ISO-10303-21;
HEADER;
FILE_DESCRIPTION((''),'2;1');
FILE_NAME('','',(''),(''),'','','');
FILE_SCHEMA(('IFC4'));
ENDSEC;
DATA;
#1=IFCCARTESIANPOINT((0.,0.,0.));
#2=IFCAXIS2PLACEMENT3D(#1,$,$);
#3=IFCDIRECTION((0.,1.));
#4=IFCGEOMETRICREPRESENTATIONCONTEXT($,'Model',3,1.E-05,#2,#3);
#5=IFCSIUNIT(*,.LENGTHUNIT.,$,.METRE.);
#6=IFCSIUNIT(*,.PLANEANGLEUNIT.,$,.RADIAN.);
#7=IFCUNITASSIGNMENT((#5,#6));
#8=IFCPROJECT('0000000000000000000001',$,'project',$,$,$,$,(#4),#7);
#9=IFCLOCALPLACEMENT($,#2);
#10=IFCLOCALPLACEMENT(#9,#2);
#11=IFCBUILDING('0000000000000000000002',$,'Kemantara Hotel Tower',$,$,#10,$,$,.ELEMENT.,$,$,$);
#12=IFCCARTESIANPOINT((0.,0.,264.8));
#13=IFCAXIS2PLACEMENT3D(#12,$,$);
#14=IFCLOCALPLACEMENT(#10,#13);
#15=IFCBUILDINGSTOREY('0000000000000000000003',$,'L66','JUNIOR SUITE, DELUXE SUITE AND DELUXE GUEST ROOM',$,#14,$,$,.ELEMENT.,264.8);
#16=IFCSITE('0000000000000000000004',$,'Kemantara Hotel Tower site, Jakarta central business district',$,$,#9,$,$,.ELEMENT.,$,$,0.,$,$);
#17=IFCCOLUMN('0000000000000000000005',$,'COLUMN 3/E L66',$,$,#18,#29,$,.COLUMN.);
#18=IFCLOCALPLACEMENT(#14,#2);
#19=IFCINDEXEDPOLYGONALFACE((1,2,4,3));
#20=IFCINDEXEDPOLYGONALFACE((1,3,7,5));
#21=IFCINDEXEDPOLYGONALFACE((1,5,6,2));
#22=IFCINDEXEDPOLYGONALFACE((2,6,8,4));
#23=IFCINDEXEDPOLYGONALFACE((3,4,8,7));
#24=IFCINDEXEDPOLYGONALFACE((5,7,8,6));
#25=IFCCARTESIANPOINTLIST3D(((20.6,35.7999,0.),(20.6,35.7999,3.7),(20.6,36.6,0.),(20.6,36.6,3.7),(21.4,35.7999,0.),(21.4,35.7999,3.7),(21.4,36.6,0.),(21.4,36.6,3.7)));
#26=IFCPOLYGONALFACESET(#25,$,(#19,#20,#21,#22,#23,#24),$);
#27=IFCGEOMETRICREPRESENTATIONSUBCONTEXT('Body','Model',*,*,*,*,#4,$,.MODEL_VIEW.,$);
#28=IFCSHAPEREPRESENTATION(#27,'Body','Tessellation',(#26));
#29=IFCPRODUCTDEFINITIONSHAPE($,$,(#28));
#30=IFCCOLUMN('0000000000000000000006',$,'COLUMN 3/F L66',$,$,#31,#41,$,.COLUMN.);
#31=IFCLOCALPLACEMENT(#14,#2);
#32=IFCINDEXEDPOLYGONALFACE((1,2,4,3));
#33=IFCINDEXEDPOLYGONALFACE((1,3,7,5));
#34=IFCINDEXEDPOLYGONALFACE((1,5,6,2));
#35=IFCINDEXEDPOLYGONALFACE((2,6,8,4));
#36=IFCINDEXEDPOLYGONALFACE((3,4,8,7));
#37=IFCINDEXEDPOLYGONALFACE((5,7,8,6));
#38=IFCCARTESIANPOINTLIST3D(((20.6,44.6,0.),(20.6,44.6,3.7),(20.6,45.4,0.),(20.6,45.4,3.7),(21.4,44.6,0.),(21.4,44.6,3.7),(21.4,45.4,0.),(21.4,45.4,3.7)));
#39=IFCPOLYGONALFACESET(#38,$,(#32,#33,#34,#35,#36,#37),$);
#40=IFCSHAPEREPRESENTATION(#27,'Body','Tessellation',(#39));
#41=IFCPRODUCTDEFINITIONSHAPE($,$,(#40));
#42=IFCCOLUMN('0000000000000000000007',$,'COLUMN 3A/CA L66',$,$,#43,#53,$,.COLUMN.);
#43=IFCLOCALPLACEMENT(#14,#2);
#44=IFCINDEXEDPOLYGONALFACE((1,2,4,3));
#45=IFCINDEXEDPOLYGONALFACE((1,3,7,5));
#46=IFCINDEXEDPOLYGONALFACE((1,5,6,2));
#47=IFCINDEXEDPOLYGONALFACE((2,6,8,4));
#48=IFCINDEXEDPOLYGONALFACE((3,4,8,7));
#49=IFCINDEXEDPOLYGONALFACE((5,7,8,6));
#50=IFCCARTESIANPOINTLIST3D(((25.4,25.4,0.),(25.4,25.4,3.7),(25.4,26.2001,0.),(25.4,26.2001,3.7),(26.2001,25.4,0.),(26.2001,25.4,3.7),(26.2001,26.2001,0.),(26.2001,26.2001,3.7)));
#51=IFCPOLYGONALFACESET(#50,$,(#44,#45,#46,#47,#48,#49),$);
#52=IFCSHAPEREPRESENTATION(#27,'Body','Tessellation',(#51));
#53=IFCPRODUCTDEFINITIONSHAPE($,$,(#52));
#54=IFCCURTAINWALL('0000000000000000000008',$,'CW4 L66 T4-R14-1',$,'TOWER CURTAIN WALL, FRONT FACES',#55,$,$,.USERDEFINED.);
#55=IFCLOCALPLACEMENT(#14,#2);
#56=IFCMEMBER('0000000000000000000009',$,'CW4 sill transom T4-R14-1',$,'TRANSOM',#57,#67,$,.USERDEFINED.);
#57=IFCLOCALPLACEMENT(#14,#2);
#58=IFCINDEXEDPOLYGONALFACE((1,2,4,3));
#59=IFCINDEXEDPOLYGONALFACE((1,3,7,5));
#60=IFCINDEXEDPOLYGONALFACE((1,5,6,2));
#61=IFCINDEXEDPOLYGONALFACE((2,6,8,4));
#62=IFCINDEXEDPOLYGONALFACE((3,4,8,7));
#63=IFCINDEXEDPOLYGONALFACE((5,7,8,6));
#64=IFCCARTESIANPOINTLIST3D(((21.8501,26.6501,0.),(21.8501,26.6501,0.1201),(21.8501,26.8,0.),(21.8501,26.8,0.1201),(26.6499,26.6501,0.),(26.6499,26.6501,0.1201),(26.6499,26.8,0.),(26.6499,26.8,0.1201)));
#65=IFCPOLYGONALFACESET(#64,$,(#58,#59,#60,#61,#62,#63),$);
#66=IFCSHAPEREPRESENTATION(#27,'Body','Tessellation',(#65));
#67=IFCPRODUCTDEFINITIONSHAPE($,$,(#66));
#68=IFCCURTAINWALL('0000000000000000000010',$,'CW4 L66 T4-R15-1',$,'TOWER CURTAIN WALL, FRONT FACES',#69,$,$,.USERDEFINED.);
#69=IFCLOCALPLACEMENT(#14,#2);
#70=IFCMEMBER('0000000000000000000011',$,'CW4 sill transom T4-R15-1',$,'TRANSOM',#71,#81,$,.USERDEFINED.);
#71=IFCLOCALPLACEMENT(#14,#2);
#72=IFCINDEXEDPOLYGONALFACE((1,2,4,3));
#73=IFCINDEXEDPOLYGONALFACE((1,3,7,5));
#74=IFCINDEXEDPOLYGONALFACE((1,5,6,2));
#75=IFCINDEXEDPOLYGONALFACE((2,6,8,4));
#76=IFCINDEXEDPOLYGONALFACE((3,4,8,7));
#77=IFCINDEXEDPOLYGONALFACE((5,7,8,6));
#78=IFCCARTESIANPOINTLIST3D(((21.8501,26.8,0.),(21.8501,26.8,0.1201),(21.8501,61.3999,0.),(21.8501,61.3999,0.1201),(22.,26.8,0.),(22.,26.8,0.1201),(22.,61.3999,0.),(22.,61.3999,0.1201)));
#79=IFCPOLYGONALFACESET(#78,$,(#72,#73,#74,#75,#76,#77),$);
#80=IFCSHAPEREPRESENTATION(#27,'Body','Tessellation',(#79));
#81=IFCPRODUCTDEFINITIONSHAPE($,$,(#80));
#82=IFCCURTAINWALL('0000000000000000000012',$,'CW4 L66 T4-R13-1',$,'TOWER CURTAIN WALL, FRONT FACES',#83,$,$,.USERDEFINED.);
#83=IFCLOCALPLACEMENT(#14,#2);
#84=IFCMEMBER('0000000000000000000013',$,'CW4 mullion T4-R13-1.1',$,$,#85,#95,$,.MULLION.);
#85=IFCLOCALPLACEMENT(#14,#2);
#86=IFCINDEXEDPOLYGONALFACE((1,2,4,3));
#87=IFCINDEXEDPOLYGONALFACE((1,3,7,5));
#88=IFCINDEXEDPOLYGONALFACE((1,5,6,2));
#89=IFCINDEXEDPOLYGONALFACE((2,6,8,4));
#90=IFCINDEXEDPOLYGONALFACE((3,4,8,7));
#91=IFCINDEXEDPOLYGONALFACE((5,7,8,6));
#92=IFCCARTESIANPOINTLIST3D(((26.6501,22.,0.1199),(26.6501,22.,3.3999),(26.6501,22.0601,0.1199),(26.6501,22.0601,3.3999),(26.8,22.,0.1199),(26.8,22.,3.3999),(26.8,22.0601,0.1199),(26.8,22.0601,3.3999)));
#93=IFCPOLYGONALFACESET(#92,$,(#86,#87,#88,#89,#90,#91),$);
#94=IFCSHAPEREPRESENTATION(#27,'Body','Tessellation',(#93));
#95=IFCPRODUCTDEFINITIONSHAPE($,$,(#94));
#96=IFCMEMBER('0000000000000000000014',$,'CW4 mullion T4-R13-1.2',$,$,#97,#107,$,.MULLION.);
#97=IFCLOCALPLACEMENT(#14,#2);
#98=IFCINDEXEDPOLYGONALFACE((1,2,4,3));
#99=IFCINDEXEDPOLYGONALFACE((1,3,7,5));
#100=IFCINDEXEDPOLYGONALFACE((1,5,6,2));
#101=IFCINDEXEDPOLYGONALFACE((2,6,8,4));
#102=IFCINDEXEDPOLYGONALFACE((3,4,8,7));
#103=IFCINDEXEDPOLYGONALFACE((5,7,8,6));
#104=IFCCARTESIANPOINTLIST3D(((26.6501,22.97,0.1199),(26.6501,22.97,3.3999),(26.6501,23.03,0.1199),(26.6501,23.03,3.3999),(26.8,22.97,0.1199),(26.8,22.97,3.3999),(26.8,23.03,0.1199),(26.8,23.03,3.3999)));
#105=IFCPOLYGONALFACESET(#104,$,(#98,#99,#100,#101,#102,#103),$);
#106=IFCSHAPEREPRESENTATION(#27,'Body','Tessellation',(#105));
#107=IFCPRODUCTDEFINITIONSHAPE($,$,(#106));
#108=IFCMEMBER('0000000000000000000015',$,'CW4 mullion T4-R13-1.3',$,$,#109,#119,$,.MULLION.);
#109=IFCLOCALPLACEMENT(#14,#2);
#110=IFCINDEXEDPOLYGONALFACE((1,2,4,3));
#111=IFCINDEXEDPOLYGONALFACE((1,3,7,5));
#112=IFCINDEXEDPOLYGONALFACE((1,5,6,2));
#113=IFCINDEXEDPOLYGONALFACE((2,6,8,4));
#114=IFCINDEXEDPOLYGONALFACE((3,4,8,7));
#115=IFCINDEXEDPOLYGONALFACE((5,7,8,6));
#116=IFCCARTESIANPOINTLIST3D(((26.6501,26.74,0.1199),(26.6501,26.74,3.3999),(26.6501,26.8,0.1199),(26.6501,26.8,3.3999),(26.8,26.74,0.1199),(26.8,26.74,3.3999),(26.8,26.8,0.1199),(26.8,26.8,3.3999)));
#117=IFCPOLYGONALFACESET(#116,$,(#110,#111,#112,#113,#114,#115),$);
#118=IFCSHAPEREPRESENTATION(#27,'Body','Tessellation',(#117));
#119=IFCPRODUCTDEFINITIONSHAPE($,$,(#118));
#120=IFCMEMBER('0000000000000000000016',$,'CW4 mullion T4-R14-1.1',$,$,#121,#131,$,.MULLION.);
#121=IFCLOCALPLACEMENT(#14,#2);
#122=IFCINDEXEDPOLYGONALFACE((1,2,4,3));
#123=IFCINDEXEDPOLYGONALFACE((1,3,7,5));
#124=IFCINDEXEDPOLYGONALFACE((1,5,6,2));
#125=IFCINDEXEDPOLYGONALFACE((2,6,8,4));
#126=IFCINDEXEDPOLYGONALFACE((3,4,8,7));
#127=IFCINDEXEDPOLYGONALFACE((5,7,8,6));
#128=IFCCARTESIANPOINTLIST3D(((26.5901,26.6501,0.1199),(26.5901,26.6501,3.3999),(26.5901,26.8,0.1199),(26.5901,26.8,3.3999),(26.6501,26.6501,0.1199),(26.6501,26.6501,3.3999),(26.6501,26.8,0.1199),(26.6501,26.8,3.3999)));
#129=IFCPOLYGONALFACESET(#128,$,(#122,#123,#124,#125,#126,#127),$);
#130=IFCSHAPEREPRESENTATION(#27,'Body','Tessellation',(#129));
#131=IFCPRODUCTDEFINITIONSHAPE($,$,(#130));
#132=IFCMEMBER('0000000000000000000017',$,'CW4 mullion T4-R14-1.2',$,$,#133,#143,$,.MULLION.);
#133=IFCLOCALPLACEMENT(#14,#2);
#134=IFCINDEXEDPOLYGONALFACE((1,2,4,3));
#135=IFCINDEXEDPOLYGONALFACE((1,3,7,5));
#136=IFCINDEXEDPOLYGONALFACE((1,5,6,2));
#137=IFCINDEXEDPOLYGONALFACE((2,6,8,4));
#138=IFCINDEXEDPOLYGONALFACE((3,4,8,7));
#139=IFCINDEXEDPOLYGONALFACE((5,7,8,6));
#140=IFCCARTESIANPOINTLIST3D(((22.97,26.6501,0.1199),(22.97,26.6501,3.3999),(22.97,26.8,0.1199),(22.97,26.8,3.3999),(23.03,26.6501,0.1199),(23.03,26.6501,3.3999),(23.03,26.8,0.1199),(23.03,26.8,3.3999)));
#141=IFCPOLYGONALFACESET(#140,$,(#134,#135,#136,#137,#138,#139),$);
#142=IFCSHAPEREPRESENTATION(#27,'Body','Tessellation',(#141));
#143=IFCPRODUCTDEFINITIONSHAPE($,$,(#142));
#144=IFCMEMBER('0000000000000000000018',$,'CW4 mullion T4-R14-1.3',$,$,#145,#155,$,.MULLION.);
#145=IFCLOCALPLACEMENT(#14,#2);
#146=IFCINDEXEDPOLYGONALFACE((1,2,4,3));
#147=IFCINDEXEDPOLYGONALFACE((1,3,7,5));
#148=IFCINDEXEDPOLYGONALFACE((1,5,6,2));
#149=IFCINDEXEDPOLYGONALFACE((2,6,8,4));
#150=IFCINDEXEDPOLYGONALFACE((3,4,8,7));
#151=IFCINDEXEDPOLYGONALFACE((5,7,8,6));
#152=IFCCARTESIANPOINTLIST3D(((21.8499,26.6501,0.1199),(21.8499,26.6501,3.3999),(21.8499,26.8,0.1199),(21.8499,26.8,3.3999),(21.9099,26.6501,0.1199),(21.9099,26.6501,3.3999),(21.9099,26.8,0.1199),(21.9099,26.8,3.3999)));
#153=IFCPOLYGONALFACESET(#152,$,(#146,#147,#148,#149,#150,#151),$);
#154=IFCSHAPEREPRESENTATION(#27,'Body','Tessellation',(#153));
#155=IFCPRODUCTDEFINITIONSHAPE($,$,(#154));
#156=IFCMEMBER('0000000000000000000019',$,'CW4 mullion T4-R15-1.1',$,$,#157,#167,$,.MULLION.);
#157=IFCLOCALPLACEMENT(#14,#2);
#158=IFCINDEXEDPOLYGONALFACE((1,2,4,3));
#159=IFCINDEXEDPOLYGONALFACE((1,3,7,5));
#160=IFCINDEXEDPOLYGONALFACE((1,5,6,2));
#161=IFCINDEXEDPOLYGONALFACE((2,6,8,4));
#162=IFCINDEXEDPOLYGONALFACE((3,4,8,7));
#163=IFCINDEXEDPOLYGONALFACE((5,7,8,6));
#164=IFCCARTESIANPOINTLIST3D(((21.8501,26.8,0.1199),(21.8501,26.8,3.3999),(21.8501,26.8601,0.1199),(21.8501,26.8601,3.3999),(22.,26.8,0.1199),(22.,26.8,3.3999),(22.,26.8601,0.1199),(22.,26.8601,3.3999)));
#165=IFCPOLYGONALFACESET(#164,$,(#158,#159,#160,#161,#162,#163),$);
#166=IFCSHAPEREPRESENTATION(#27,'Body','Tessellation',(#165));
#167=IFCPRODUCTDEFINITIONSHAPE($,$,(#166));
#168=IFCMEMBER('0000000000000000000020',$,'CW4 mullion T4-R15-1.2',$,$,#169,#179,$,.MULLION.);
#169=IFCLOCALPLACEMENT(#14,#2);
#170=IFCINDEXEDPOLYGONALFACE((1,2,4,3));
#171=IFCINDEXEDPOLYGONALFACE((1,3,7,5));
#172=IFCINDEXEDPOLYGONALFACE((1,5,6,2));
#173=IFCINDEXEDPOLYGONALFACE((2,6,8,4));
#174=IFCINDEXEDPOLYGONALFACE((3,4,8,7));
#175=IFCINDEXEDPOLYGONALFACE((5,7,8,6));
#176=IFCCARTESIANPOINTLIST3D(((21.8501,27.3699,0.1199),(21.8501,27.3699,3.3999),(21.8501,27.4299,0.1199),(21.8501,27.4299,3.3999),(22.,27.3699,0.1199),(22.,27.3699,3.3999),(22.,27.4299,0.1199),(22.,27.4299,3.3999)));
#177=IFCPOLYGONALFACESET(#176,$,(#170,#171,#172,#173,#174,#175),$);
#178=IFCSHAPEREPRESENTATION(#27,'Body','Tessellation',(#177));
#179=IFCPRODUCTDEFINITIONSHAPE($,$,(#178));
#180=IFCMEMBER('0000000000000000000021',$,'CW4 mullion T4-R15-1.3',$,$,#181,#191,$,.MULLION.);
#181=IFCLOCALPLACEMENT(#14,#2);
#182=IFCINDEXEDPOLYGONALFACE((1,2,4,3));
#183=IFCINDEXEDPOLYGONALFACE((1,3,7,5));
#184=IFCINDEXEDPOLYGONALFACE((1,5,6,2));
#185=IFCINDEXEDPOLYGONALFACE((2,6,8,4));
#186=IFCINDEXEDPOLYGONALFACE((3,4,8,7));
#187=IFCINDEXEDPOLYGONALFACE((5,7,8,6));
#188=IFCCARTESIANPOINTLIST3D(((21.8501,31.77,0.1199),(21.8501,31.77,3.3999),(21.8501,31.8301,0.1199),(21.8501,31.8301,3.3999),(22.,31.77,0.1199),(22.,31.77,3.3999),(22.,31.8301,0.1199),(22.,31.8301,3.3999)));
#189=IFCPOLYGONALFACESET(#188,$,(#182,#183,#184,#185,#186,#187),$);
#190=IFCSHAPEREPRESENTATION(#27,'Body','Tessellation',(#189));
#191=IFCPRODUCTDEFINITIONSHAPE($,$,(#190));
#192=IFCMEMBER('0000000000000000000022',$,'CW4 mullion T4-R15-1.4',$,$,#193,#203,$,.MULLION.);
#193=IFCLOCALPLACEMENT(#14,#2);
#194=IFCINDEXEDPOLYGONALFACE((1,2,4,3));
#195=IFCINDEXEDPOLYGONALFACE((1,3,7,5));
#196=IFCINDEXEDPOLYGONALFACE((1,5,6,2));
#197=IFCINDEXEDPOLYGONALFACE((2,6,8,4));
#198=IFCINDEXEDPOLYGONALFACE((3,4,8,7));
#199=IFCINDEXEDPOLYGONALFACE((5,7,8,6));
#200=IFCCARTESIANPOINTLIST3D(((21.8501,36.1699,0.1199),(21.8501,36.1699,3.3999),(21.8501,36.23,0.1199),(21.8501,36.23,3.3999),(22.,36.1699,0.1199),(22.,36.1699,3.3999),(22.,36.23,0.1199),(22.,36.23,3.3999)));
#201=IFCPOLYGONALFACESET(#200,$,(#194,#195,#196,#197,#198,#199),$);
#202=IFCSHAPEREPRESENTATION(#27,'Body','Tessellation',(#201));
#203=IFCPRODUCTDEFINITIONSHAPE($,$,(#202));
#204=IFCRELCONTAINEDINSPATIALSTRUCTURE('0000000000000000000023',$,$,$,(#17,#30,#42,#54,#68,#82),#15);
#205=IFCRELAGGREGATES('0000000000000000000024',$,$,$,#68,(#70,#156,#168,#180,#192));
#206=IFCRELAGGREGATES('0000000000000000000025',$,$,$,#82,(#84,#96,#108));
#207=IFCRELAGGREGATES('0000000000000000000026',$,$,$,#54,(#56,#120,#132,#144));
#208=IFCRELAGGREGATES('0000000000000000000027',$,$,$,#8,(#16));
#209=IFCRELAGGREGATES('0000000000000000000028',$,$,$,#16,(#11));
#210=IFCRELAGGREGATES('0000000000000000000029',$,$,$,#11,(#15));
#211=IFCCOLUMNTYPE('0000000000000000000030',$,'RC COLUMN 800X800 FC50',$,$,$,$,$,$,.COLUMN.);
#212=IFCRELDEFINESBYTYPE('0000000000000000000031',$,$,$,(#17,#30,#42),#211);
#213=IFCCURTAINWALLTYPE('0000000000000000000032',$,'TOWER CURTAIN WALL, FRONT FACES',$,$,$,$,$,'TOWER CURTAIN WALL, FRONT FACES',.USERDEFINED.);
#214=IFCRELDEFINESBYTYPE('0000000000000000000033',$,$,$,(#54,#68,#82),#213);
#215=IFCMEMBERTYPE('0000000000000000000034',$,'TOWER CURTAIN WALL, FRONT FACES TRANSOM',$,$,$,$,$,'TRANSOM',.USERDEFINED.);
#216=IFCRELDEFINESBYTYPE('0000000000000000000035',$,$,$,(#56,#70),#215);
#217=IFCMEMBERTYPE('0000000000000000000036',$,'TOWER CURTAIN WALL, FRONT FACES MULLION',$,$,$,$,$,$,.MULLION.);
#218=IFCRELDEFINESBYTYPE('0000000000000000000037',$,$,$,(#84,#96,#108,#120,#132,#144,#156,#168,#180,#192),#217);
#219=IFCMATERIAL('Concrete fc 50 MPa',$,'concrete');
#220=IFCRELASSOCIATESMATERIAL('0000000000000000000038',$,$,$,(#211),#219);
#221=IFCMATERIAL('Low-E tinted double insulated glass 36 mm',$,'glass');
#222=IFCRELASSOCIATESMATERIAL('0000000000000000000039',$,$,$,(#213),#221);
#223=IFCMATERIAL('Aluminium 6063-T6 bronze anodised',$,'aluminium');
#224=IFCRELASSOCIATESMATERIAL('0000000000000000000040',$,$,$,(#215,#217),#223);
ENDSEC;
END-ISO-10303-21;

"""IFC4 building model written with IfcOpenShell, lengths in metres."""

from ifc_helpers import new_model, si_unit, direction, frame, origin, origin_2d, place, context, subcontext, project, spatial, rectangle, extrude, source, transform, mapped, material, material_profile, profile_set, type_object, element, aggregate, save


model = new_model("IFC4")

# Units and contexts
model_context = context("Model", 3, precision=1e-05, world=origin(), true_north=direction((0.0, 1.0)))
body_context = subcontext(model_context, "Body", "Model", "MODEL_VIEW")
ifc_project = project(units=[si_unit("LENGTHUNIT", "METRE"), si_unit("PLANEANGLEUNIT", "RADIAN")], contexts=[model_context])

# Site, building, storey
site_placement = place(None, origin())
site = spatial("IfcSite", under=ifc_project, at=site_placement, Name="Kemantara Hotel Tower site, Jakarta central business district", CompositionType="ELEMENT", RefElevation=0.0)
building_placement = place(site_placement, origin())
building = spatial("IfcBuilding", under=site, at=building_placement, Name="Kemantara Hotel Tower", CompositionType="ELEMENT")
storey_placement = place(building_placement, frame((0.0, 0.0, 264.8)))
storey = spatial("IfcBuildingStorey", under=building, at=storey_placement, Name="L66", Description="JUNIOR SUITE, DELUXE SUITE AND DELUXE GUEST ROOM", CompositionType="ELEMENT", Elevation=264.8)

# Columns
ifc_material_1 = material(Name="Concrete fc 50 MPa", Category="concrete")
ifc_material_profile_1 = material_profile(ifc_material_1, rectangle(XDim=0.8, YDim=0.8, at=origin_2d()), Name="RC 800X800")
ifc_profile_set_1 = profile_set([ifc_material_profile_1], Name="Concrete fc 50 MPa")
column_type = type_object("IfcColumnType", Name="RC COLUMN 800X800 FC50", PredefinedType="COLUMN", material=ifc_profile_set_1)
for number, where, z_axis, x_axis, name in (
    (1, (21.0, 36.2, 0.0), (0.0, 0.0, 1.0), (1.0, 0.0, 0.0), "COLUMN 3/E L66"),
    (2, (21.0, 45.0, 0.0), (0.0, 0.0, 1.0), (1.0, 0.0, 0.0), "COLUMN 3/F L66"),
    (3, (25.8, 25.8, 0.0), (0.0, 0.0, 1.0), (1.0, 0.0, 0.0), "COLUMN 3A/CA L66"),
):
    element("IfcColumn", number, at=place(storey_placement, frame(where, z_axis=z_axis, x_axis=x_axis)), inside=storey, type_object=column_type, Name=name, PredefinedType="COLUMN", context=body_context, shape_type="SweptSolid", body=[
        extrude(rectangle(XDim=0.8, YDim=0.8, at=origin_2d()), origin(), (0.0, 0.0, 1.0), 3.7),
    ])

# Curtain walls, members
ifc_material_2 = material(Name="Low-E tinted double insulated glass 36 mm", Category="glass")
curtain_wall_type = type_object("IfcCurtainWallType", Name="TOWER CURTAIN WALL, FRONT FACES", ElementType="TOWER CURTAIN WALL, FRONT FACES", PredefinedType="USERDEFINED", material=ifc_material_2)
curtain_wall_1_placement = place(storey_placement, origin())
curtain_wall_1 = element("IfcCurtainWall", 4, at=curtain_wall_1_placement, inside=storey, type_object=curtain_wall_type, Name="CW4 L66 T4-R14-1", ObjectType="TOWER CURTAIN WALL, FRONT FACES", PredefinedType="USERDEFINED")
ifc_material_3 = material(Name="Aluminium 6063-T6 bronze anodised", Category="aluminium")
ifc_material_profile_2 = material_profile(ifc_material_3, rectangle(XDim=0.1499, YDim=0.1201, at=origin_2d()), Name="TOWER CURTAIN WALL, FRONT FACES TRANSOM")
ifc_profile_set_2 = profile_set([ifc_material_profile_2], Name="Aluminium 6063-T6 bronze anodised")
member_type_1 = type_object("IfcMemberType", Name="TOWER CURTAIN WALL, FRONT FACES TRANSOM", ElementType="TRANSOM", PredefinedType="USERDEFINED", material=ifc_profile_set_2)
member_1_placement = place(storey_placement, frame((26.6499, 26.7251, 0.0601), z_axis=(-1.0, 0.0, 0.0), x_axis=(0.0, -1.0, 0.0)))
member_1 = element("IfcMember", 5, at=member_1_placement, type_object=member_type_1, Name="CW4 sill transom T4-R14-1", ObjectType="TRANSOM", PredefinedType="USERDEFINED", context=body_context, shape_type="SweptSolid", body=[
    extrude(rectangle(XDim=0.1499, YDim=0.1201, at=origin_2d()), origin(), (0.0, 0.0, 1.0), 4.7998),
])
curtain_wall_2_placement = place(storey_placement, origin())
curtain_wall_2 = element("IfcCurtainWall", 6, at=curtain_wall_2_placement, inside=storey, type_object=curtain_wall_type, Name="CW4 L66 T4-R15-1", ObjectType="TOWER CURTAIN WALL, FRONT FACES", PredefinedType="USERDEFINED")
member_2_placement = place(storey_placement, frame((21.925, 26.8, 0.0601), z_axis=(0.0, 1.0, 0.0), x_axis=(-1.0, 0.0, 0.0)))
member_2 = element("IfcMember", 7, at=member_2_placement, type_object=member_type_1, Name="CW4 sill transom T4-R15-1", ObjectType="TRANSOM", PredefinedType="USERDEFINED", context=body_context, shape_type="SweptSolid", body=[
    extrude(rectangle(XDim=0.1499, YDim=0.1201, at=origin_2d()), origin(), (0.0, 0.0, 1.0), 34.5999),
])

# Curtain wall, members
curtain_wall_3_placement = place(storey_placement, origin())
curtain_wall_3 = element("IfcCurtainWall", 8, at=curtain_wall_3_placement, inside=storey, type_object=curtain_wall_type, Name="CW4 L66 T4-R13-1", ObjectType="TOWER CURTAIN WALL, FRONT FACES", PredefinedType="USERDEFINED")
ifc_material_profile_3 = material_profile(ifc_material_3, rectangle(XDim=0.1499, YDim=0.0601, at=origin_2d()), Name="TOWER CURTAIN WALL, FRONT FACES MULLION")
ifc_profile_set_3 = profile_set([ifc_material_profile_3], Name="Aluminium 6063-T6 bronze anodised")
member_type_2 = type_object("IfcMemberType", Name="TOWER CURTAIN WALL, FRONT FACES MULLION", PredefinedType="MULLION", material=ifc_profile_set_3)
shared_shape_1 = source(origin(), body_context, "Body", "SweptSolid", [
    extrude(rectangle(XDim=0.1499, YDim=0.0601, at=origin_2d()), origin(), (0.0, 0.0, 1.0), 3.28),
])
member_3_placement = place(storey_placement, frame((26.7251, 22.03, 0.1199), z_axis=(0.0, 0.0, 1.0), x_axis=(-1.0, 0.0, 0.0)))
member_3 = element("IfcMember", 9, at=member_3_placement, type_object=member_type_2, Name="CW4 mullion T4-R13-1.1", PredefinedType="MULLION", context=body_context, shape_type="MappedRepresentation", body=[
    mapped(shared_shape_1, transform((0.0, 0.0, 0.0))),
])
member_4_placement = place(storey_placement, frame((26.7251, 23.0, 0.1199), z_axis=(0.0, 0.0, 1.0), x_axis=(-1.0, 0.0, 0.0)))
member_4 = element("IfcMember", 10, at=member_4_placement, type_object=member_type_2, Name="CW4 mullion T4-R13-1.2", PredefinedType="MULLION", context=body_context, shape_type="MappedRepresentation", body=[
    mapped(shared_shape_1, transform((0.0, 0.0, 0.0))),
])
member_5_placement = place(storey_placement, frame((26.7251, 26.77, 0.1199), z_axis=(0.0, 0.0, 1.0), x_axis=(-1.0, 0.0, 0.0)))
member_5 = element("IfcMember", 11, at=member_5_placement, type_object=member_type_2, Name="CW4 mullion T4-R13-1.3", PredefinedType="MULLION", context=body_context, shape_type="MappedRepresentation", body=[
    mapped(shared_shape_1, transform((0.0, 0.0, 0.0))),
])

# Members
member_6_placement = place(storey_placement, frame((26.6201, 26.7251, 0.1199), z_axis=(0.0, 0.0, 1.0), x_axis=(0.0, -1.0, 0.0)))
member_6 = element("IfcMember", 12, at=member_6_placement, type_object=member_type_2, Name="CW4 mullion T4-R14-1.1", PredefinedType="MULLION", context=body_context, shape_type="MappedRepresentation", body=[
    mapped(shared_shape_1, transform((0.0, 0.0, 0.0))),
])
member_7_placement = place(storey_placement, frame((23.0, 26.7251, 0.1199), z_axis=(0.0, 0.0, 1.0), x_axis=(0.0, -1.0, 0.0)))
member_7 = element("IfcMember", 13, at=member_7_placement, type_object=member_type_2, Name="CW4 mullion T4-R14-1.2", PredefinedType="MULLION", context=body_context, shape_type="MappedRepresentation", body=[
    mapped(shared_shape_1, transform((0.0, 0.0, 0.0))),
])
member_8_placement = place(storey_placement, frame((21.8799, 26.7251, 0.1199), z_axis=(0.0, 0.0, 1.0), x_axis=(0.0, -1.0, 0.0)))
member_8 = element("IfcMember", 14, at=member_8_placement, type_object=member_type_2, Name="CW4 mullion T4-R14-1.3", PredefinedType="MULLION", context=body_context, shape_type="MappedRepresentation", body=[
    mapped(shared_shape_1, transform((0.0, 0.0, 0.0))),
])
member_9_placement = place(storey_placement, frame((21.925, 26.8301, 0.1199), z_axis=(0.0, 0.0, 1.0), x_axis=(-1.0, 0.0, 0.0)))
member_9 = element("IfcMember", 15, at=member_9_placement, type_object=member_type_2, Name="CW4 mullion T4-R15-1.1", PredefinedType="MULLION", context=body_context, shape_type="MappedRepresentation", body=[
    mapped(shared_shape_1, transform((0.0, 0.0, 0.0))),
])
member_10_placement = place(storey_placement, frame((21.925, 27.3999, 0.1199), z_axis=(0.0, 0.0, 1.0), x_axis=(-1.0, 0.0, 0.0)))
member_10 = element("IfcMember", 16, at=member_10_placement, type_object=member_type_2, Name="CW4 mullion T4-R15-1.2", PredefinedType="MULLION", context=body_context, shape_type="MappedRepresentation", body=[
    mapped(shared_shape_1, transform((0.0, 0.0, 0.0))),
])
member_11_placement = place(storey_placement, frame((21.925, 31.8, 0.1199), z_axis=(0.0, 0.0, 1.0), x_axis=(-1.0, 0.0, 0.0)))
member_11 = element("IfcMember", 17, at=member_11_placement, type_object=member_type_2, Name="CW4 mullion T4-R15-1.3", PredefinedType="MULLION", context=body_context, shape_type="MappedRepresentation", body=[
    mapped(shared_shape_1, transform((0.0, 0.0, 0.0))),
])
member_12_placement = place(storey_placement, frame((21.925, 36.2, 0.1199), z_axis=(0.0, 0.0, 1.0), x_axis=(-1.0, 0.0, 0.0)))
member_12 = element("IfcMember", 18, at=member_12_placement, type_object=member_type_2, Name="CW4 mullion T4-R15-1.4", PredefinedType="MULLION", context=body_context, shape_type="MappedRepresentation", body=[
    mapped(shared_shape_1, transform((0.0, 0.0, 0.0))),
])

aggregate(curtain_wall_2, [member_2, member_9, member_10, member_11, member_12])
aggregate(curtain_wall_3, [member_3, member_4, member_5])
aggregate(curtain_wall_1, [member_1, member_6, member_7, member_8])

save(model, "model.ifc")
